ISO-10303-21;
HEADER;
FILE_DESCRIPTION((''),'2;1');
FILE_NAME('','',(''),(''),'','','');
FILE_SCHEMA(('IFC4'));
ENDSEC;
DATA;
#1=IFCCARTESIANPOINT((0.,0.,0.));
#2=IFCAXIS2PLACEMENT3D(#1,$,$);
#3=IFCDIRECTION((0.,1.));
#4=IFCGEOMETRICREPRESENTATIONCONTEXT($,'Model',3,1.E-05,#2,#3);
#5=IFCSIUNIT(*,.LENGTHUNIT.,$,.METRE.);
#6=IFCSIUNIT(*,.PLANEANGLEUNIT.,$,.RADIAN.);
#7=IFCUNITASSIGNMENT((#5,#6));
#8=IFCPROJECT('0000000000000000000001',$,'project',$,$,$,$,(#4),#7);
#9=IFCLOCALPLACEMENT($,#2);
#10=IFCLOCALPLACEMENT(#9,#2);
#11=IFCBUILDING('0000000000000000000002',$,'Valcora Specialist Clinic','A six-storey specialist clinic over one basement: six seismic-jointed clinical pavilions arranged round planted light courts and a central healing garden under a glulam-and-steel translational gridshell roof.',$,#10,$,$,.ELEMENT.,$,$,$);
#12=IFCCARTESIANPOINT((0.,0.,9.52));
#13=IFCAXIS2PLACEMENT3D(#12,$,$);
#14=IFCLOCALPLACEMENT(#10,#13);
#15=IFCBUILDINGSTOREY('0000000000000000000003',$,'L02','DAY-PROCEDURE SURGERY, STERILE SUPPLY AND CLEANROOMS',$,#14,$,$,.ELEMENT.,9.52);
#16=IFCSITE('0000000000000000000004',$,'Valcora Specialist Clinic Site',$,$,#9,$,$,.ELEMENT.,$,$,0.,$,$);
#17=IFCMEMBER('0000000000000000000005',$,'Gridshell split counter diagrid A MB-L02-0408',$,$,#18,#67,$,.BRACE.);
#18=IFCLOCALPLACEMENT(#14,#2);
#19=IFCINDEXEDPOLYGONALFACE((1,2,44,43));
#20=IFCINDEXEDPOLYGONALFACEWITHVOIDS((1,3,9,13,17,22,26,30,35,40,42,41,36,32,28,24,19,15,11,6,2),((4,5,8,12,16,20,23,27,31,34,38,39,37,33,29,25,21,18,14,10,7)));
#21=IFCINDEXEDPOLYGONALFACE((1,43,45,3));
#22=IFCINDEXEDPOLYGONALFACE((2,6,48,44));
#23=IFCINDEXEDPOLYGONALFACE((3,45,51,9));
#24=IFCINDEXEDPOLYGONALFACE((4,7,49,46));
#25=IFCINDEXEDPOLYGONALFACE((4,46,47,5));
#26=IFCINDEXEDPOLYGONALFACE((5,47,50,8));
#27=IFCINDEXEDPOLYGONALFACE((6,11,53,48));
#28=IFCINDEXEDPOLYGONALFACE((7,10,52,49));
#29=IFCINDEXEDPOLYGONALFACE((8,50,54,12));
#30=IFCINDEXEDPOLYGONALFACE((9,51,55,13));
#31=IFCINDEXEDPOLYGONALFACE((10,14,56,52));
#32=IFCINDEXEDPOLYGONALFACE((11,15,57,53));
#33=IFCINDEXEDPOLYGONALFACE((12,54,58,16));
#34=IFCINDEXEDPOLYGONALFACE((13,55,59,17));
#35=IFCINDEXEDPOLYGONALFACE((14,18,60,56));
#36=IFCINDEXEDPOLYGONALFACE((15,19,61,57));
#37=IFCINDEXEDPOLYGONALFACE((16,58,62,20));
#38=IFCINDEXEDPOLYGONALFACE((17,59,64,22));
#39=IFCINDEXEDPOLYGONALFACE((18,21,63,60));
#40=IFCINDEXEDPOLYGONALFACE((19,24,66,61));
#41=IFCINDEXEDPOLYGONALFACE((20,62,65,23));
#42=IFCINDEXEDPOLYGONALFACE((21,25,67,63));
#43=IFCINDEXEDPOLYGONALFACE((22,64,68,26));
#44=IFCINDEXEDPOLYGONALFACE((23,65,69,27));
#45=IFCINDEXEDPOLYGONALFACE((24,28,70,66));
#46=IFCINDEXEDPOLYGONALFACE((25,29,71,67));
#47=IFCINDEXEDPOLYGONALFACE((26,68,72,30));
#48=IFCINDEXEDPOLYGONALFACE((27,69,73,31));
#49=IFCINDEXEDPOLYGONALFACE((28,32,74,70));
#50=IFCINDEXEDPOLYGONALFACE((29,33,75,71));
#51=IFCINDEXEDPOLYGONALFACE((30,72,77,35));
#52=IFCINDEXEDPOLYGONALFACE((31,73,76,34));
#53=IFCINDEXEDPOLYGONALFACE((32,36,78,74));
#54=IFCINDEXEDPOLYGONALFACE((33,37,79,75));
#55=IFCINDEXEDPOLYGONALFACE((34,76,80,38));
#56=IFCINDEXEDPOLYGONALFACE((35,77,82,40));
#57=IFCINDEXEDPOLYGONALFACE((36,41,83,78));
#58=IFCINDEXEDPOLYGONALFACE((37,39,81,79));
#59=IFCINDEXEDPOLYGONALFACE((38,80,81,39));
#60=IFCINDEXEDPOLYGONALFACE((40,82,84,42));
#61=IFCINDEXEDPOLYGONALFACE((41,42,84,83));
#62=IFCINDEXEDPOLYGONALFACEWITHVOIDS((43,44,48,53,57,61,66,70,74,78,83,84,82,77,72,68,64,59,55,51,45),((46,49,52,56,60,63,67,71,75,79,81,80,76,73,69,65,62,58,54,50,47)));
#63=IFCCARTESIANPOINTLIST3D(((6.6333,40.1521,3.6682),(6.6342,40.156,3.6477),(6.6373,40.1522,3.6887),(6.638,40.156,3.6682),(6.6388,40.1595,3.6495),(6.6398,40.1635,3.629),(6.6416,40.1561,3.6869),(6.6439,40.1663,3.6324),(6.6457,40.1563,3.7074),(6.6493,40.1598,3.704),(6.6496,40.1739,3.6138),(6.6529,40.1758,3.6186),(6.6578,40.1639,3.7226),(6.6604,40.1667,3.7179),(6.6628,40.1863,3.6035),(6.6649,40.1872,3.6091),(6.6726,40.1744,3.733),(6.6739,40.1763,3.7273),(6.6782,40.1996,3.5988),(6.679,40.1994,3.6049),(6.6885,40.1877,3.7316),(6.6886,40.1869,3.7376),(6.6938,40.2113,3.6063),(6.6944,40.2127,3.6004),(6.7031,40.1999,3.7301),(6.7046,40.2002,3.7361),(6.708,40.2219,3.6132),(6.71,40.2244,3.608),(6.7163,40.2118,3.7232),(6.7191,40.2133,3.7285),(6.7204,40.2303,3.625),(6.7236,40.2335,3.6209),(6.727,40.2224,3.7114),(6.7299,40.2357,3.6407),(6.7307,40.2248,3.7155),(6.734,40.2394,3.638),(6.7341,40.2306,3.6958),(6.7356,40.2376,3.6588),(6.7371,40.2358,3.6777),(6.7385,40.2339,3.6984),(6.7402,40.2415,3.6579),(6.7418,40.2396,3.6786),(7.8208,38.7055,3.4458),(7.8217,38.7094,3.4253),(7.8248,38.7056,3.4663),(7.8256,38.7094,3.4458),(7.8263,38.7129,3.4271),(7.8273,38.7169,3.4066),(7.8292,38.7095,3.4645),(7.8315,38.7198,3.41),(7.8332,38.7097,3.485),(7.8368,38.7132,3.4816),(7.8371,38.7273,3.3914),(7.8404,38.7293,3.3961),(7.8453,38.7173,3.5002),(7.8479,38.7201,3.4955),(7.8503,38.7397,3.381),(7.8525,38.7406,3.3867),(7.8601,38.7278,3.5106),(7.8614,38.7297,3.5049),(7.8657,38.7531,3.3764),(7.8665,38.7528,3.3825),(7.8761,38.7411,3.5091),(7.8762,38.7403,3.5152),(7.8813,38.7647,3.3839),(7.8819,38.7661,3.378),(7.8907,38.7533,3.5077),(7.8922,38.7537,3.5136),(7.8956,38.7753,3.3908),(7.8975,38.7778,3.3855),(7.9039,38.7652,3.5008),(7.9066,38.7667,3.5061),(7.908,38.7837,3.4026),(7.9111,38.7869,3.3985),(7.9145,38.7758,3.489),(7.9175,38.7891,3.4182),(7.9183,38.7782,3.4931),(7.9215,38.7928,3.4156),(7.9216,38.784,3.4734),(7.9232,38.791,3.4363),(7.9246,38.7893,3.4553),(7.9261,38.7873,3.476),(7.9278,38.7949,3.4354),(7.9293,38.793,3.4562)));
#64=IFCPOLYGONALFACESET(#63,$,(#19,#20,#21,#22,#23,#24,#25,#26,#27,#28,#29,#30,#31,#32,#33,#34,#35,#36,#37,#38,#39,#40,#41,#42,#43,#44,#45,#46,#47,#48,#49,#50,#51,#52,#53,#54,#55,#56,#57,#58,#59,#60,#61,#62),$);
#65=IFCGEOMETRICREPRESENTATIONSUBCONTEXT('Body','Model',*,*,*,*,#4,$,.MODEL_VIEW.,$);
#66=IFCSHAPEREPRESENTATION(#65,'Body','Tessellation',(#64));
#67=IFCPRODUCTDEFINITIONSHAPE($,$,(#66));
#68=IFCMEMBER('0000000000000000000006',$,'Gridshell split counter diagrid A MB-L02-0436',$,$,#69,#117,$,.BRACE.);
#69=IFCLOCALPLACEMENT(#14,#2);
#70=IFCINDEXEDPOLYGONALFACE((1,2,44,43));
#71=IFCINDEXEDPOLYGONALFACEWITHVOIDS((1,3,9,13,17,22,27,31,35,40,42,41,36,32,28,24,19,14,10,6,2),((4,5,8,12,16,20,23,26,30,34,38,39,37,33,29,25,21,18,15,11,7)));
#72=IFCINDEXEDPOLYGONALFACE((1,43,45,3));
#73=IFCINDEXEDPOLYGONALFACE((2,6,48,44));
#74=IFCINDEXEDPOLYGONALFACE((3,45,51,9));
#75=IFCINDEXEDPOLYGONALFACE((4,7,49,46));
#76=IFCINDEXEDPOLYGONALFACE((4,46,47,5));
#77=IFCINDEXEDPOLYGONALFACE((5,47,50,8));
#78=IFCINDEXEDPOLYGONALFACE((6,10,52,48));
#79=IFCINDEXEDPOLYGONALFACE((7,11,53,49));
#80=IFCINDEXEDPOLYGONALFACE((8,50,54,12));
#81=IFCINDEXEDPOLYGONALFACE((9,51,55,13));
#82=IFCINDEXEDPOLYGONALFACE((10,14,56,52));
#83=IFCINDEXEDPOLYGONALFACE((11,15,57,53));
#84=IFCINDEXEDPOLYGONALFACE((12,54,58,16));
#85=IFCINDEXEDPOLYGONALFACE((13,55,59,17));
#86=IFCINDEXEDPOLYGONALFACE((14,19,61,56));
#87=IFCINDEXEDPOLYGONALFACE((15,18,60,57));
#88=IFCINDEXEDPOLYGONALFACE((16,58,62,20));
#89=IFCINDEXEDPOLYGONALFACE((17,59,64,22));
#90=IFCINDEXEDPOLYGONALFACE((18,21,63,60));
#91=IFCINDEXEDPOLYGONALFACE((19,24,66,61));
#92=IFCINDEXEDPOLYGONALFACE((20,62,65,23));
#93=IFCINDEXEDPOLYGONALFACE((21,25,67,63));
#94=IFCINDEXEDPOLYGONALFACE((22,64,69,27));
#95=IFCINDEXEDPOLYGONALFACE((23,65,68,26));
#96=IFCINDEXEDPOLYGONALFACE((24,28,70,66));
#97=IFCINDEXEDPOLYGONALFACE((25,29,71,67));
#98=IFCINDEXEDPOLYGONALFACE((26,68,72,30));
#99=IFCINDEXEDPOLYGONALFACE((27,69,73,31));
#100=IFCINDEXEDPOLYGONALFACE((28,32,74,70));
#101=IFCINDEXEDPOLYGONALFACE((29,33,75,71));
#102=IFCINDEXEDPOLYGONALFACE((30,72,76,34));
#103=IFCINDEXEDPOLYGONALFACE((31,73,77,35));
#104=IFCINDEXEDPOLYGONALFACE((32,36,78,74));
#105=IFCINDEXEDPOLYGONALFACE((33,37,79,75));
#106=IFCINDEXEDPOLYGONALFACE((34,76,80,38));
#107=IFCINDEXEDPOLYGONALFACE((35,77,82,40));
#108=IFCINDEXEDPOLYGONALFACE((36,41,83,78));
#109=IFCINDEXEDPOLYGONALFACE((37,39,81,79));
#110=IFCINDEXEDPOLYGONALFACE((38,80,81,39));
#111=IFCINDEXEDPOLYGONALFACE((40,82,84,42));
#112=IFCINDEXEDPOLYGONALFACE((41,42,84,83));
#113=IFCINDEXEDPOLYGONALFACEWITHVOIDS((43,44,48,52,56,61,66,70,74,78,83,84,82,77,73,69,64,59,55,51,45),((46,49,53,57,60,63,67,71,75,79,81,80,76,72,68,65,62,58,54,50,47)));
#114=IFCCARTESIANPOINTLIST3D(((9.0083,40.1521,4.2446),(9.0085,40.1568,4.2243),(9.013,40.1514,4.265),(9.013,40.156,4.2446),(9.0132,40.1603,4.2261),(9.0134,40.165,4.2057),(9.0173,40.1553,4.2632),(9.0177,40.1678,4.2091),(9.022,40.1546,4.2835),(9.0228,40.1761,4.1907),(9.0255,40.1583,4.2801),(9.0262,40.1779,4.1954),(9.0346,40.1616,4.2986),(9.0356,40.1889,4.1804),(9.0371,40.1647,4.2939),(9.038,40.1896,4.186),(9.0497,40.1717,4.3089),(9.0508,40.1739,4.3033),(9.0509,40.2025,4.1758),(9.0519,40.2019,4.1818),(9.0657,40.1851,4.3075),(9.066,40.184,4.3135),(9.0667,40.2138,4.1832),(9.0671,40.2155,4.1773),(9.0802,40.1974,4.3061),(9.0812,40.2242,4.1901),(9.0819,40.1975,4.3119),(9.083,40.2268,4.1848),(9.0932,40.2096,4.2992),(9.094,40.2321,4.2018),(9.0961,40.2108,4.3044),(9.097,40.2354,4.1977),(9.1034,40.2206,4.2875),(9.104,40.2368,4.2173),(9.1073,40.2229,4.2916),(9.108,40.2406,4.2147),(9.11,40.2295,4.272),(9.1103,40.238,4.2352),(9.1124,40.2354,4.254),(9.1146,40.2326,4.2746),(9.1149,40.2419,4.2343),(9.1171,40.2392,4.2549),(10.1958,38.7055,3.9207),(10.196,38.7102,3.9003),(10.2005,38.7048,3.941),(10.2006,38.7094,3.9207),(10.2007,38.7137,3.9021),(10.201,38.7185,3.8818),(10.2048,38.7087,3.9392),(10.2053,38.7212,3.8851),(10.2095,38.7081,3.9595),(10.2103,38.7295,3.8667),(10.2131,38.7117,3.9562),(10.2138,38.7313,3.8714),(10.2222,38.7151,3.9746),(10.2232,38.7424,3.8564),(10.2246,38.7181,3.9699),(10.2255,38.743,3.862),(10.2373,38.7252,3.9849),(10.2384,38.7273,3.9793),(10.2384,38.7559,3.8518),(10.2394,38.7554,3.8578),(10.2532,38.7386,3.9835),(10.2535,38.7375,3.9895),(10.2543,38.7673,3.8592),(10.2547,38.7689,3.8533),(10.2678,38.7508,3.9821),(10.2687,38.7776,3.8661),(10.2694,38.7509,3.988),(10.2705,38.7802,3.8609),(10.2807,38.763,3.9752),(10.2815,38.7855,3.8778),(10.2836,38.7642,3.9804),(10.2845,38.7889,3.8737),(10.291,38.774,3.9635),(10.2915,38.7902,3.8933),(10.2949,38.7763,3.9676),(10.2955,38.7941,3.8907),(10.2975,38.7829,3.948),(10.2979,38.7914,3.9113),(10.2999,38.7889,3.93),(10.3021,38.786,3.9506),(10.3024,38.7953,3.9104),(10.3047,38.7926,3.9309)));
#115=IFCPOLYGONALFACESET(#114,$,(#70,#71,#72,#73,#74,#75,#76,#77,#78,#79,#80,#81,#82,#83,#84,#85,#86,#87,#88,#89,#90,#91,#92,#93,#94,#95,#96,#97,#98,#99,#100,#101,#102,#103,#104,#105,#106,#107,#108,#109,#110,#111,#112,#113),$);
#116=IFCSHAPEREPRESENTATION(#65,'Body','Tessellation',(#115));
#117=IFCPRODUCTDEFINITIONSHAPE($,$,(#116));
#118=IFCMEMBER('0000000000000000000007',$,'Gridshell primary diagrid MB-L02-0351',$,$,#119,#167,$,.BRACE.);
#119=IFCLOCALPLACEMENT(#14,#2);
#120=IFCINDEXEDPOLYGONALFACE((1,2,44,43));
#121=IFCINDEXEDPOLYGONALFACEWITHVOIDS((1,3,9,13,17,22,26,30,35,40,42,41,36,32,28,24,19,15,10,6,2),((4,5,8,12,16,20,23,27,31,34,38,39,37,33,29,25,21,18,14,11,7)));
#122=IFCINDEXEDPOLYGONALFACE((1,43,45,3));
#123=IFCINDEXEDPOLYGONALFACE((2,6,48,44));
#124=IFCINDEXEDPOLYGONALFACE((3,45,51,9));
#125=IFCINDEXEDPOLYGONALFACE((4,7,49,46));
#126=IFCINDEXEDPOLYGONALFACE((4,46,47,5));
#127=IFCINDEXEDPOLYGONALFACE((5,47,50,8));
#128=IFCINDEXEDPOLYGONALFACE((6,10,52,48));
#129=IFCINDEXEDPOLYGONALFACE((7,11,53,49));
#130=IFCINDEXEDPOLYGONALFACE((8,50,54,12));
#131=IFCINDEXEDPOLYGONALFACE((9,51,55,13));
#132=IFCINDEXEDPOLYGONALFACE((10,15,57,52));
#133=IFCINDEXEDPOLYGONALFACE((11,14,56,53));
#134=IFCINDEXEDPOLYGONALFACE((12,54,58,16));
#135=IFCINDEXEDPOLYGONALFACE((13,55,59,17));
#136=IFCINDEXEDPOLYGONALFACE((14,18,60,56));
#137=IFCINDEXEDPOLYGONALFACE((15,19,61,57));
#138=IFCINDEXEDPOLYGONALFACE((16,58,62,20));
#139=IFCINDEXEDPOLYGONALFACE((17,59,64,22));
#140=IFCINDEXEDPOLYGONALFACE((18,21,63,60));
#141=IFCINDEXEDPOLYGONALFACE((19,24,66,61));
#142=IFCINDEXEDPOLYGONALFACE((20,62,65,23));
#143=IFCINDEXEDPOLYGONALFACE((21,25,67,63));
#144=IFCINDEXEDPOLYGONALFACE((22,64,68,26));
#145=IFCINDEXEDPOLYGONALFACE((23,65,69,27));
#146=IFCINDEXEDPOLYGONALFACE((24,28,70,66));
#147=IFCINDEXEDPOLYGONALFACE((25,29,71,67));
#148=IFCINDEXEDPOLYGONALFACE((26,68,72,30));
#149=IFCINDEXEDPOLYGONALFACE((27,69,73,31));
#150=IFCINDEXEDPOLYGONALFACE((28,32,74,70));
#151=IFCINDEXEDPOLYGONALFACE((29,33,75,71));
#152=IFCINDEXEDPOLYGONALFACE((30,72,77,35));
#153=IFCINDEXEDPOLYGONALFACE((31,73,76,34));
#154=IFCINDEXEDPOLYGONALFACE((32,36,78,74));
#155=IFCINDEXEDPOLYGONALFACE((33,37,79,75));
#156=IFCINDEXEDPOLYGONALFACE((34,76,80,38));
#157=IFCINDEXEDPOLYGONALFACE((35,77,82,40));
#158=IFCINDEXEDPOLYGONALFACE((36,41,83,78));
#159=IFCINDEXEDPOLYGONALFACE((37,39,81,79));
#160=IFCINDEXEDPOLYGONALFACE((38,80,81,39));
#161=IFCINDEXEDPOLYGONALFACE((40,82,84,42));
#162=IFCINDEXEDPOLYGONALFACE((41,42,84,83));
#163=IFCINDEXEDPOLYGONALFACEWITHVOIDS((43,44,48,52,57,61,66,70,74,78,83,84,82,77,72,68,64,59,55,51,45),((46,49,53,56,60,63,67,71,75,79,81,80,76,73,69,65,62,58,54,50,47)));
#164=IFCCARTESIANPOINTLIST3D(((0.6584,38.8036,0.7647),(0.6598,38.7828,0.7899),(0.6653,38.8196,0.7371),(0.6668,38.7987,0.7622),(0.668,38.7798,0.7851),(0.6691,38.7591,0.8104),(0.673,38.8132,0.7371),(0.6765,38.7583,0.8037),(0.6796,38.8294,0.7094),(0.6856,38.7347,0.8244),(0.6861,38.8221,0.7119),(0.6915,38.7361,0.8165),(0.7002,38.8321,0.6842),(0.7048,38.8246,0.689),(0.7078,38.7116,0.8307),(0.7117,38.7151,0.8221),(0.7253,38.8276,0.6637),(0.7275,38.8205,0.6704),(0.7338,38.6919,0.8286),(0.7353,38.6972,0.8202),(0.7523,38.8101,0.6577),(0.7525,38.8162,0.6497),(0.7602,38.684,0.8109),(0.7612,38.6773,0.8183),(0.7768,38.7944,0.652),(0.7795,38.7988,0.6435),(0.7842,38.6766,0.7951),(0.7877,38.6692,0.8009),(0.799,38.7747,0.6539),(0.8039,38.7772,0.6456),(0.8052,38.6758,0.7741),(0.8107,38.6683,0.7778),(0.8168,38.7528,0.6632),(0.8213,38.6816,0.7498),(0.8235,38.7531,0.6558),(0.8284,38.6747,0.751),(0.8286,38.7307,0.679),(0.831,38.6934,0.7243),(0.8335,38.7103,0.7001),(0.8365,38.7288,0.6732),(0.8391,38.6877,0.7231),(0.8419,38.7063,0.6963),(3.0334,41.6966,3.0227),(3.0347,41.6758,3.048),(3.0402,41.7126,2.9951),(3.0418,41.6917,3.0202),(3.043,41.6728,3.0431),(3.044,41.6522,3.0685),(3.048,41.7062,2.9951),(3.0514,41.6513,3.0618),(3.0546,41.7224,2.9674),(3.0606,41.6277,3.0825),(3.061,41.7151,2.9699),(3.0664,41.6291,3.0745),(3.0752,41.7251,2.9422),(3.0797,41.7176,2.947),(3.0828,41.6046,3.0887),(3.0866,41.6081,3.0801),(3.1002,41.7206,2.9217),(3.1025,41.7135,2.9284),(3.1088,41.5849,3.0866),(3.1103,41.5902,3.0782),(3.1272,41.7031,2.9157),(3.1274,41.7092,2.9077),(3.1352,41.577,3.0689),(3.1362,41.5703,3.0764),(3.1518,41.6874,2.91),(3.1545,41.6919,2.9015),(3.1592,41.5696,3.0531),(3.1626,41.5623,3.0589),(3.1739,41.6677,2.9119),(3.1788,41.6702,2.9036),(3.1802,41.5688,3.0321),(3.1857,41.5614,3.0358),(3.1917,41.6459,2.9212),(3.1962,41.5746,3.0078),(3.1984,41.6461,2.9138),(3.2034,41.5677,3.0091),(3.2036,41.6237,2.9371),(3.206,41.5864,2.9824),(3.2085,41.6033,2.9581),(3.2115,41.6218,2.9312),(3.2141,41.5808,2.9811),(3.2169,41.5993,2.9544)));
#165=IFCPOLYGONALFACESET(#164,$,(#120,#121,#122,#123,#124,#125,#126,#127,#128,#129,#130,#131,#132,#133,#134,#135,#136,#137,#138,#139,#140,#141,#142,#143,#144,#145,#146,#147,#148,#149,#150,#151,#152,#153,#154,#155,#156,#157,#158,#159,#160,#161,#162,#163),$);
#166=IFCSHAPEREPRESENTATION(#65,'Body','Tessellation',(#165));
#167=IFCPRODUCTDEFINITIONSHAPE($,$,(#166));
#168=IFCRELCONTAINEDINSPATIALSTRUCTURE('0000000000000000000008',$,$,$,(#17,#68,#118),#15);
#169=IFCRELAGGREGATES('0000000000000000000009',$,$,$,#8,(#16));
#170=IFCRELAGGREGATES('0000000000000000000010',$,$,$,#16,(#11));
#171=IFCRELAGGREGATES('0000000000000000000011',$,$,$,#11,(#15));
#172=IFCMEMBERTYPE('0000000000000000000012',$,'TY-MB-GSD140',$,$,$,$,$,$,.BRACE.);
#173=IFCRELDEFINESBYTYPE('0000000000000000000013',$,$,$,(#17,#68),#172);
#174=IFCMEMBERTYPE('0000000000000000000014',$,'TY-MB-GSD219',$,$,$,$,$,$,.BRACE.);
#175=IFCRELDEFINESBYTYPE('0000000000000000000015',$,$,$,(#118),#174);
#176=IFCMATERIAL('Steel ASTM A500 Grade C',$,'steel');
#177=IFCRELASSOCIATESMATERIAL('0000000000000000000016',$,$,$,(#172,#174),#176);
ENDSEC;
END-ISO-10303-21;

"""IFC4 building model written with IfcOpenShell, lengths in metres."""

from ifc_helpers import new_model, si_unit, direction, frame, origin, origin_2d, place, context, subcontext, project, spatial, hollow_circle, extrude, material, material_profile, profile_set, type_object, element, save


model = new_model("IFC4")

# Units and contexts
model_context = context("Model", 3, precision=1e-05, world=origin(), true_north=direction((0.0, 1.0)))
body_context = subcontext(model_context, "Body", "Model", "MODEL_VIEW")
ifc_project = project(units=[si_unit("LENGTHUNIT", "METRE"), si_unit("PLANEANGLEUNIT", "RADIAN")], contexts=[model_context])

# Site, building, storey
site_placement = place(None, origin())
site = spatial("IfcSite", under=ifc_project, at=site_placement, Name="Valcora Specialist Clinic Site", CompositionType="ELEMENT", RefElevation=0.0)
building_placement = place(site_placement, origin())
building = spatial("IfcBuilding", under=site, at=building_placement, Name="Valcora Specialist Clinic", Description="A six-storey specialist clinic over one basement: six seismic-jointed clinical pavilions arranged round planted light courts and a central healing garden under a glulam-and-steel translational gridshell roof.", CompositionType="ELEMENT")
storey_placement = place(building_placement, frame((0.0, 0.0, 9.52)))
storey = spatial("IfcBuildingStorey", under=building, at=storey_placement, Name="L02", Description="DAY-PROCEDURE SURGERY, STERILE SUPPLY AND CLEANROOMS", CompositionType="ELEMENT", Elevation=9.52)

# Members
ifc_material_1 = material(Name="Steel ASTM A500 Grade C", Category="steel")
ifc_material_profile_1 = material_profile(ifc_material_1, hollow_circle(Radius=0.0701, WallThickness=0.0061, at=origin_2d()), Name="ST-CHS-140X6")
ifc_profile_set_1 = profile_set([ifc_material_profile_1], Name="Steel ASTM A500 Grade C")
member_type_1 = type_object("IfcMemberType", Name="TY-MB-GSD140", PredefinedType="BRACE", material=ifc_profile_set_1)
member_1_placement = place(storey_placement, frame((7.875, 38.75, 3.4458), z_axis=(-0.630075, 0.767515, 0.118009), x_axis=(-0.772916, -0.634508, 0.0)))
element("IfcMember", 1, at=member_1_placement, inside=storey, type_object=member_type_1, Name="Gridshell split counter diagrid A MB-L02-0408", PredefinedType="BRACE", context=body_context, shape_type="SweptSolid", body=[
    extrude(hollow_circle(Radius=0.0701, WallThickness=0.0061, at=origin_2d()), origin(), (0.0, 0.0, 1.0), 1.8848),
])
member_2_placement = place(storey_placement, frame((10.25, 38.75, 3.9207), z_axis=(-0.62521, 0.761589, 0.17057), x_axis=(-0.772916, -0.634508, 0.0)))
element("IfcMember", 2, at=member_2_placement, inside=storey, type_object=member_type_1, Name="Gridshell split counter diagrid A MB-L02-0436", PredefinedType="BRACE", context=body_context, shape_type="SweptSolid", body=[
    extrude(hollow_circle(Radius=0.0701, WallThickness=0.0061, at=origin_2d()), origin(), (0.0, 0.0, 1.0), 1.8994),
])
ifc_material_profile_2 = material_profile(ifc_material_1, hollow_circle(Radius=0.1096, WallThickness=0.01, at=origin_2d()), Name="ST-CHS-219X10")
ifc_profile_set_2 = profile_set([ifc_material_profile_2], Name="Steel ASTM A500 Grade C")
member_type_2 = type_object("IfcMemberType", Name="TY-MB-GSD219", PredefinedType="BRACE", material=ifc_profile_set_2)
member_3_placement = place(storey_placement, frame((0.75, 38.75, 0.7371), z_axis=(0.543302, 0.661814, 0.51655), x_axis=(-0.772916, 0.634508, 0.0)))
element("IfcMember", 3, at=member_3_placement, inside=storey, type_object=member_type_2, Name="Gridshell primary diagrid MB-L02-0351", PredefinedType="BRACE", context=body_context, shape_type="SweptSolid", body=[
    extrude(hollow_circle(Radius=0.1096, WallThickness=0.01, at=origin_2d()), origin(), (0.0, 0.0, 1.0), 4.3713),
])

save(model, "model.ifc")
